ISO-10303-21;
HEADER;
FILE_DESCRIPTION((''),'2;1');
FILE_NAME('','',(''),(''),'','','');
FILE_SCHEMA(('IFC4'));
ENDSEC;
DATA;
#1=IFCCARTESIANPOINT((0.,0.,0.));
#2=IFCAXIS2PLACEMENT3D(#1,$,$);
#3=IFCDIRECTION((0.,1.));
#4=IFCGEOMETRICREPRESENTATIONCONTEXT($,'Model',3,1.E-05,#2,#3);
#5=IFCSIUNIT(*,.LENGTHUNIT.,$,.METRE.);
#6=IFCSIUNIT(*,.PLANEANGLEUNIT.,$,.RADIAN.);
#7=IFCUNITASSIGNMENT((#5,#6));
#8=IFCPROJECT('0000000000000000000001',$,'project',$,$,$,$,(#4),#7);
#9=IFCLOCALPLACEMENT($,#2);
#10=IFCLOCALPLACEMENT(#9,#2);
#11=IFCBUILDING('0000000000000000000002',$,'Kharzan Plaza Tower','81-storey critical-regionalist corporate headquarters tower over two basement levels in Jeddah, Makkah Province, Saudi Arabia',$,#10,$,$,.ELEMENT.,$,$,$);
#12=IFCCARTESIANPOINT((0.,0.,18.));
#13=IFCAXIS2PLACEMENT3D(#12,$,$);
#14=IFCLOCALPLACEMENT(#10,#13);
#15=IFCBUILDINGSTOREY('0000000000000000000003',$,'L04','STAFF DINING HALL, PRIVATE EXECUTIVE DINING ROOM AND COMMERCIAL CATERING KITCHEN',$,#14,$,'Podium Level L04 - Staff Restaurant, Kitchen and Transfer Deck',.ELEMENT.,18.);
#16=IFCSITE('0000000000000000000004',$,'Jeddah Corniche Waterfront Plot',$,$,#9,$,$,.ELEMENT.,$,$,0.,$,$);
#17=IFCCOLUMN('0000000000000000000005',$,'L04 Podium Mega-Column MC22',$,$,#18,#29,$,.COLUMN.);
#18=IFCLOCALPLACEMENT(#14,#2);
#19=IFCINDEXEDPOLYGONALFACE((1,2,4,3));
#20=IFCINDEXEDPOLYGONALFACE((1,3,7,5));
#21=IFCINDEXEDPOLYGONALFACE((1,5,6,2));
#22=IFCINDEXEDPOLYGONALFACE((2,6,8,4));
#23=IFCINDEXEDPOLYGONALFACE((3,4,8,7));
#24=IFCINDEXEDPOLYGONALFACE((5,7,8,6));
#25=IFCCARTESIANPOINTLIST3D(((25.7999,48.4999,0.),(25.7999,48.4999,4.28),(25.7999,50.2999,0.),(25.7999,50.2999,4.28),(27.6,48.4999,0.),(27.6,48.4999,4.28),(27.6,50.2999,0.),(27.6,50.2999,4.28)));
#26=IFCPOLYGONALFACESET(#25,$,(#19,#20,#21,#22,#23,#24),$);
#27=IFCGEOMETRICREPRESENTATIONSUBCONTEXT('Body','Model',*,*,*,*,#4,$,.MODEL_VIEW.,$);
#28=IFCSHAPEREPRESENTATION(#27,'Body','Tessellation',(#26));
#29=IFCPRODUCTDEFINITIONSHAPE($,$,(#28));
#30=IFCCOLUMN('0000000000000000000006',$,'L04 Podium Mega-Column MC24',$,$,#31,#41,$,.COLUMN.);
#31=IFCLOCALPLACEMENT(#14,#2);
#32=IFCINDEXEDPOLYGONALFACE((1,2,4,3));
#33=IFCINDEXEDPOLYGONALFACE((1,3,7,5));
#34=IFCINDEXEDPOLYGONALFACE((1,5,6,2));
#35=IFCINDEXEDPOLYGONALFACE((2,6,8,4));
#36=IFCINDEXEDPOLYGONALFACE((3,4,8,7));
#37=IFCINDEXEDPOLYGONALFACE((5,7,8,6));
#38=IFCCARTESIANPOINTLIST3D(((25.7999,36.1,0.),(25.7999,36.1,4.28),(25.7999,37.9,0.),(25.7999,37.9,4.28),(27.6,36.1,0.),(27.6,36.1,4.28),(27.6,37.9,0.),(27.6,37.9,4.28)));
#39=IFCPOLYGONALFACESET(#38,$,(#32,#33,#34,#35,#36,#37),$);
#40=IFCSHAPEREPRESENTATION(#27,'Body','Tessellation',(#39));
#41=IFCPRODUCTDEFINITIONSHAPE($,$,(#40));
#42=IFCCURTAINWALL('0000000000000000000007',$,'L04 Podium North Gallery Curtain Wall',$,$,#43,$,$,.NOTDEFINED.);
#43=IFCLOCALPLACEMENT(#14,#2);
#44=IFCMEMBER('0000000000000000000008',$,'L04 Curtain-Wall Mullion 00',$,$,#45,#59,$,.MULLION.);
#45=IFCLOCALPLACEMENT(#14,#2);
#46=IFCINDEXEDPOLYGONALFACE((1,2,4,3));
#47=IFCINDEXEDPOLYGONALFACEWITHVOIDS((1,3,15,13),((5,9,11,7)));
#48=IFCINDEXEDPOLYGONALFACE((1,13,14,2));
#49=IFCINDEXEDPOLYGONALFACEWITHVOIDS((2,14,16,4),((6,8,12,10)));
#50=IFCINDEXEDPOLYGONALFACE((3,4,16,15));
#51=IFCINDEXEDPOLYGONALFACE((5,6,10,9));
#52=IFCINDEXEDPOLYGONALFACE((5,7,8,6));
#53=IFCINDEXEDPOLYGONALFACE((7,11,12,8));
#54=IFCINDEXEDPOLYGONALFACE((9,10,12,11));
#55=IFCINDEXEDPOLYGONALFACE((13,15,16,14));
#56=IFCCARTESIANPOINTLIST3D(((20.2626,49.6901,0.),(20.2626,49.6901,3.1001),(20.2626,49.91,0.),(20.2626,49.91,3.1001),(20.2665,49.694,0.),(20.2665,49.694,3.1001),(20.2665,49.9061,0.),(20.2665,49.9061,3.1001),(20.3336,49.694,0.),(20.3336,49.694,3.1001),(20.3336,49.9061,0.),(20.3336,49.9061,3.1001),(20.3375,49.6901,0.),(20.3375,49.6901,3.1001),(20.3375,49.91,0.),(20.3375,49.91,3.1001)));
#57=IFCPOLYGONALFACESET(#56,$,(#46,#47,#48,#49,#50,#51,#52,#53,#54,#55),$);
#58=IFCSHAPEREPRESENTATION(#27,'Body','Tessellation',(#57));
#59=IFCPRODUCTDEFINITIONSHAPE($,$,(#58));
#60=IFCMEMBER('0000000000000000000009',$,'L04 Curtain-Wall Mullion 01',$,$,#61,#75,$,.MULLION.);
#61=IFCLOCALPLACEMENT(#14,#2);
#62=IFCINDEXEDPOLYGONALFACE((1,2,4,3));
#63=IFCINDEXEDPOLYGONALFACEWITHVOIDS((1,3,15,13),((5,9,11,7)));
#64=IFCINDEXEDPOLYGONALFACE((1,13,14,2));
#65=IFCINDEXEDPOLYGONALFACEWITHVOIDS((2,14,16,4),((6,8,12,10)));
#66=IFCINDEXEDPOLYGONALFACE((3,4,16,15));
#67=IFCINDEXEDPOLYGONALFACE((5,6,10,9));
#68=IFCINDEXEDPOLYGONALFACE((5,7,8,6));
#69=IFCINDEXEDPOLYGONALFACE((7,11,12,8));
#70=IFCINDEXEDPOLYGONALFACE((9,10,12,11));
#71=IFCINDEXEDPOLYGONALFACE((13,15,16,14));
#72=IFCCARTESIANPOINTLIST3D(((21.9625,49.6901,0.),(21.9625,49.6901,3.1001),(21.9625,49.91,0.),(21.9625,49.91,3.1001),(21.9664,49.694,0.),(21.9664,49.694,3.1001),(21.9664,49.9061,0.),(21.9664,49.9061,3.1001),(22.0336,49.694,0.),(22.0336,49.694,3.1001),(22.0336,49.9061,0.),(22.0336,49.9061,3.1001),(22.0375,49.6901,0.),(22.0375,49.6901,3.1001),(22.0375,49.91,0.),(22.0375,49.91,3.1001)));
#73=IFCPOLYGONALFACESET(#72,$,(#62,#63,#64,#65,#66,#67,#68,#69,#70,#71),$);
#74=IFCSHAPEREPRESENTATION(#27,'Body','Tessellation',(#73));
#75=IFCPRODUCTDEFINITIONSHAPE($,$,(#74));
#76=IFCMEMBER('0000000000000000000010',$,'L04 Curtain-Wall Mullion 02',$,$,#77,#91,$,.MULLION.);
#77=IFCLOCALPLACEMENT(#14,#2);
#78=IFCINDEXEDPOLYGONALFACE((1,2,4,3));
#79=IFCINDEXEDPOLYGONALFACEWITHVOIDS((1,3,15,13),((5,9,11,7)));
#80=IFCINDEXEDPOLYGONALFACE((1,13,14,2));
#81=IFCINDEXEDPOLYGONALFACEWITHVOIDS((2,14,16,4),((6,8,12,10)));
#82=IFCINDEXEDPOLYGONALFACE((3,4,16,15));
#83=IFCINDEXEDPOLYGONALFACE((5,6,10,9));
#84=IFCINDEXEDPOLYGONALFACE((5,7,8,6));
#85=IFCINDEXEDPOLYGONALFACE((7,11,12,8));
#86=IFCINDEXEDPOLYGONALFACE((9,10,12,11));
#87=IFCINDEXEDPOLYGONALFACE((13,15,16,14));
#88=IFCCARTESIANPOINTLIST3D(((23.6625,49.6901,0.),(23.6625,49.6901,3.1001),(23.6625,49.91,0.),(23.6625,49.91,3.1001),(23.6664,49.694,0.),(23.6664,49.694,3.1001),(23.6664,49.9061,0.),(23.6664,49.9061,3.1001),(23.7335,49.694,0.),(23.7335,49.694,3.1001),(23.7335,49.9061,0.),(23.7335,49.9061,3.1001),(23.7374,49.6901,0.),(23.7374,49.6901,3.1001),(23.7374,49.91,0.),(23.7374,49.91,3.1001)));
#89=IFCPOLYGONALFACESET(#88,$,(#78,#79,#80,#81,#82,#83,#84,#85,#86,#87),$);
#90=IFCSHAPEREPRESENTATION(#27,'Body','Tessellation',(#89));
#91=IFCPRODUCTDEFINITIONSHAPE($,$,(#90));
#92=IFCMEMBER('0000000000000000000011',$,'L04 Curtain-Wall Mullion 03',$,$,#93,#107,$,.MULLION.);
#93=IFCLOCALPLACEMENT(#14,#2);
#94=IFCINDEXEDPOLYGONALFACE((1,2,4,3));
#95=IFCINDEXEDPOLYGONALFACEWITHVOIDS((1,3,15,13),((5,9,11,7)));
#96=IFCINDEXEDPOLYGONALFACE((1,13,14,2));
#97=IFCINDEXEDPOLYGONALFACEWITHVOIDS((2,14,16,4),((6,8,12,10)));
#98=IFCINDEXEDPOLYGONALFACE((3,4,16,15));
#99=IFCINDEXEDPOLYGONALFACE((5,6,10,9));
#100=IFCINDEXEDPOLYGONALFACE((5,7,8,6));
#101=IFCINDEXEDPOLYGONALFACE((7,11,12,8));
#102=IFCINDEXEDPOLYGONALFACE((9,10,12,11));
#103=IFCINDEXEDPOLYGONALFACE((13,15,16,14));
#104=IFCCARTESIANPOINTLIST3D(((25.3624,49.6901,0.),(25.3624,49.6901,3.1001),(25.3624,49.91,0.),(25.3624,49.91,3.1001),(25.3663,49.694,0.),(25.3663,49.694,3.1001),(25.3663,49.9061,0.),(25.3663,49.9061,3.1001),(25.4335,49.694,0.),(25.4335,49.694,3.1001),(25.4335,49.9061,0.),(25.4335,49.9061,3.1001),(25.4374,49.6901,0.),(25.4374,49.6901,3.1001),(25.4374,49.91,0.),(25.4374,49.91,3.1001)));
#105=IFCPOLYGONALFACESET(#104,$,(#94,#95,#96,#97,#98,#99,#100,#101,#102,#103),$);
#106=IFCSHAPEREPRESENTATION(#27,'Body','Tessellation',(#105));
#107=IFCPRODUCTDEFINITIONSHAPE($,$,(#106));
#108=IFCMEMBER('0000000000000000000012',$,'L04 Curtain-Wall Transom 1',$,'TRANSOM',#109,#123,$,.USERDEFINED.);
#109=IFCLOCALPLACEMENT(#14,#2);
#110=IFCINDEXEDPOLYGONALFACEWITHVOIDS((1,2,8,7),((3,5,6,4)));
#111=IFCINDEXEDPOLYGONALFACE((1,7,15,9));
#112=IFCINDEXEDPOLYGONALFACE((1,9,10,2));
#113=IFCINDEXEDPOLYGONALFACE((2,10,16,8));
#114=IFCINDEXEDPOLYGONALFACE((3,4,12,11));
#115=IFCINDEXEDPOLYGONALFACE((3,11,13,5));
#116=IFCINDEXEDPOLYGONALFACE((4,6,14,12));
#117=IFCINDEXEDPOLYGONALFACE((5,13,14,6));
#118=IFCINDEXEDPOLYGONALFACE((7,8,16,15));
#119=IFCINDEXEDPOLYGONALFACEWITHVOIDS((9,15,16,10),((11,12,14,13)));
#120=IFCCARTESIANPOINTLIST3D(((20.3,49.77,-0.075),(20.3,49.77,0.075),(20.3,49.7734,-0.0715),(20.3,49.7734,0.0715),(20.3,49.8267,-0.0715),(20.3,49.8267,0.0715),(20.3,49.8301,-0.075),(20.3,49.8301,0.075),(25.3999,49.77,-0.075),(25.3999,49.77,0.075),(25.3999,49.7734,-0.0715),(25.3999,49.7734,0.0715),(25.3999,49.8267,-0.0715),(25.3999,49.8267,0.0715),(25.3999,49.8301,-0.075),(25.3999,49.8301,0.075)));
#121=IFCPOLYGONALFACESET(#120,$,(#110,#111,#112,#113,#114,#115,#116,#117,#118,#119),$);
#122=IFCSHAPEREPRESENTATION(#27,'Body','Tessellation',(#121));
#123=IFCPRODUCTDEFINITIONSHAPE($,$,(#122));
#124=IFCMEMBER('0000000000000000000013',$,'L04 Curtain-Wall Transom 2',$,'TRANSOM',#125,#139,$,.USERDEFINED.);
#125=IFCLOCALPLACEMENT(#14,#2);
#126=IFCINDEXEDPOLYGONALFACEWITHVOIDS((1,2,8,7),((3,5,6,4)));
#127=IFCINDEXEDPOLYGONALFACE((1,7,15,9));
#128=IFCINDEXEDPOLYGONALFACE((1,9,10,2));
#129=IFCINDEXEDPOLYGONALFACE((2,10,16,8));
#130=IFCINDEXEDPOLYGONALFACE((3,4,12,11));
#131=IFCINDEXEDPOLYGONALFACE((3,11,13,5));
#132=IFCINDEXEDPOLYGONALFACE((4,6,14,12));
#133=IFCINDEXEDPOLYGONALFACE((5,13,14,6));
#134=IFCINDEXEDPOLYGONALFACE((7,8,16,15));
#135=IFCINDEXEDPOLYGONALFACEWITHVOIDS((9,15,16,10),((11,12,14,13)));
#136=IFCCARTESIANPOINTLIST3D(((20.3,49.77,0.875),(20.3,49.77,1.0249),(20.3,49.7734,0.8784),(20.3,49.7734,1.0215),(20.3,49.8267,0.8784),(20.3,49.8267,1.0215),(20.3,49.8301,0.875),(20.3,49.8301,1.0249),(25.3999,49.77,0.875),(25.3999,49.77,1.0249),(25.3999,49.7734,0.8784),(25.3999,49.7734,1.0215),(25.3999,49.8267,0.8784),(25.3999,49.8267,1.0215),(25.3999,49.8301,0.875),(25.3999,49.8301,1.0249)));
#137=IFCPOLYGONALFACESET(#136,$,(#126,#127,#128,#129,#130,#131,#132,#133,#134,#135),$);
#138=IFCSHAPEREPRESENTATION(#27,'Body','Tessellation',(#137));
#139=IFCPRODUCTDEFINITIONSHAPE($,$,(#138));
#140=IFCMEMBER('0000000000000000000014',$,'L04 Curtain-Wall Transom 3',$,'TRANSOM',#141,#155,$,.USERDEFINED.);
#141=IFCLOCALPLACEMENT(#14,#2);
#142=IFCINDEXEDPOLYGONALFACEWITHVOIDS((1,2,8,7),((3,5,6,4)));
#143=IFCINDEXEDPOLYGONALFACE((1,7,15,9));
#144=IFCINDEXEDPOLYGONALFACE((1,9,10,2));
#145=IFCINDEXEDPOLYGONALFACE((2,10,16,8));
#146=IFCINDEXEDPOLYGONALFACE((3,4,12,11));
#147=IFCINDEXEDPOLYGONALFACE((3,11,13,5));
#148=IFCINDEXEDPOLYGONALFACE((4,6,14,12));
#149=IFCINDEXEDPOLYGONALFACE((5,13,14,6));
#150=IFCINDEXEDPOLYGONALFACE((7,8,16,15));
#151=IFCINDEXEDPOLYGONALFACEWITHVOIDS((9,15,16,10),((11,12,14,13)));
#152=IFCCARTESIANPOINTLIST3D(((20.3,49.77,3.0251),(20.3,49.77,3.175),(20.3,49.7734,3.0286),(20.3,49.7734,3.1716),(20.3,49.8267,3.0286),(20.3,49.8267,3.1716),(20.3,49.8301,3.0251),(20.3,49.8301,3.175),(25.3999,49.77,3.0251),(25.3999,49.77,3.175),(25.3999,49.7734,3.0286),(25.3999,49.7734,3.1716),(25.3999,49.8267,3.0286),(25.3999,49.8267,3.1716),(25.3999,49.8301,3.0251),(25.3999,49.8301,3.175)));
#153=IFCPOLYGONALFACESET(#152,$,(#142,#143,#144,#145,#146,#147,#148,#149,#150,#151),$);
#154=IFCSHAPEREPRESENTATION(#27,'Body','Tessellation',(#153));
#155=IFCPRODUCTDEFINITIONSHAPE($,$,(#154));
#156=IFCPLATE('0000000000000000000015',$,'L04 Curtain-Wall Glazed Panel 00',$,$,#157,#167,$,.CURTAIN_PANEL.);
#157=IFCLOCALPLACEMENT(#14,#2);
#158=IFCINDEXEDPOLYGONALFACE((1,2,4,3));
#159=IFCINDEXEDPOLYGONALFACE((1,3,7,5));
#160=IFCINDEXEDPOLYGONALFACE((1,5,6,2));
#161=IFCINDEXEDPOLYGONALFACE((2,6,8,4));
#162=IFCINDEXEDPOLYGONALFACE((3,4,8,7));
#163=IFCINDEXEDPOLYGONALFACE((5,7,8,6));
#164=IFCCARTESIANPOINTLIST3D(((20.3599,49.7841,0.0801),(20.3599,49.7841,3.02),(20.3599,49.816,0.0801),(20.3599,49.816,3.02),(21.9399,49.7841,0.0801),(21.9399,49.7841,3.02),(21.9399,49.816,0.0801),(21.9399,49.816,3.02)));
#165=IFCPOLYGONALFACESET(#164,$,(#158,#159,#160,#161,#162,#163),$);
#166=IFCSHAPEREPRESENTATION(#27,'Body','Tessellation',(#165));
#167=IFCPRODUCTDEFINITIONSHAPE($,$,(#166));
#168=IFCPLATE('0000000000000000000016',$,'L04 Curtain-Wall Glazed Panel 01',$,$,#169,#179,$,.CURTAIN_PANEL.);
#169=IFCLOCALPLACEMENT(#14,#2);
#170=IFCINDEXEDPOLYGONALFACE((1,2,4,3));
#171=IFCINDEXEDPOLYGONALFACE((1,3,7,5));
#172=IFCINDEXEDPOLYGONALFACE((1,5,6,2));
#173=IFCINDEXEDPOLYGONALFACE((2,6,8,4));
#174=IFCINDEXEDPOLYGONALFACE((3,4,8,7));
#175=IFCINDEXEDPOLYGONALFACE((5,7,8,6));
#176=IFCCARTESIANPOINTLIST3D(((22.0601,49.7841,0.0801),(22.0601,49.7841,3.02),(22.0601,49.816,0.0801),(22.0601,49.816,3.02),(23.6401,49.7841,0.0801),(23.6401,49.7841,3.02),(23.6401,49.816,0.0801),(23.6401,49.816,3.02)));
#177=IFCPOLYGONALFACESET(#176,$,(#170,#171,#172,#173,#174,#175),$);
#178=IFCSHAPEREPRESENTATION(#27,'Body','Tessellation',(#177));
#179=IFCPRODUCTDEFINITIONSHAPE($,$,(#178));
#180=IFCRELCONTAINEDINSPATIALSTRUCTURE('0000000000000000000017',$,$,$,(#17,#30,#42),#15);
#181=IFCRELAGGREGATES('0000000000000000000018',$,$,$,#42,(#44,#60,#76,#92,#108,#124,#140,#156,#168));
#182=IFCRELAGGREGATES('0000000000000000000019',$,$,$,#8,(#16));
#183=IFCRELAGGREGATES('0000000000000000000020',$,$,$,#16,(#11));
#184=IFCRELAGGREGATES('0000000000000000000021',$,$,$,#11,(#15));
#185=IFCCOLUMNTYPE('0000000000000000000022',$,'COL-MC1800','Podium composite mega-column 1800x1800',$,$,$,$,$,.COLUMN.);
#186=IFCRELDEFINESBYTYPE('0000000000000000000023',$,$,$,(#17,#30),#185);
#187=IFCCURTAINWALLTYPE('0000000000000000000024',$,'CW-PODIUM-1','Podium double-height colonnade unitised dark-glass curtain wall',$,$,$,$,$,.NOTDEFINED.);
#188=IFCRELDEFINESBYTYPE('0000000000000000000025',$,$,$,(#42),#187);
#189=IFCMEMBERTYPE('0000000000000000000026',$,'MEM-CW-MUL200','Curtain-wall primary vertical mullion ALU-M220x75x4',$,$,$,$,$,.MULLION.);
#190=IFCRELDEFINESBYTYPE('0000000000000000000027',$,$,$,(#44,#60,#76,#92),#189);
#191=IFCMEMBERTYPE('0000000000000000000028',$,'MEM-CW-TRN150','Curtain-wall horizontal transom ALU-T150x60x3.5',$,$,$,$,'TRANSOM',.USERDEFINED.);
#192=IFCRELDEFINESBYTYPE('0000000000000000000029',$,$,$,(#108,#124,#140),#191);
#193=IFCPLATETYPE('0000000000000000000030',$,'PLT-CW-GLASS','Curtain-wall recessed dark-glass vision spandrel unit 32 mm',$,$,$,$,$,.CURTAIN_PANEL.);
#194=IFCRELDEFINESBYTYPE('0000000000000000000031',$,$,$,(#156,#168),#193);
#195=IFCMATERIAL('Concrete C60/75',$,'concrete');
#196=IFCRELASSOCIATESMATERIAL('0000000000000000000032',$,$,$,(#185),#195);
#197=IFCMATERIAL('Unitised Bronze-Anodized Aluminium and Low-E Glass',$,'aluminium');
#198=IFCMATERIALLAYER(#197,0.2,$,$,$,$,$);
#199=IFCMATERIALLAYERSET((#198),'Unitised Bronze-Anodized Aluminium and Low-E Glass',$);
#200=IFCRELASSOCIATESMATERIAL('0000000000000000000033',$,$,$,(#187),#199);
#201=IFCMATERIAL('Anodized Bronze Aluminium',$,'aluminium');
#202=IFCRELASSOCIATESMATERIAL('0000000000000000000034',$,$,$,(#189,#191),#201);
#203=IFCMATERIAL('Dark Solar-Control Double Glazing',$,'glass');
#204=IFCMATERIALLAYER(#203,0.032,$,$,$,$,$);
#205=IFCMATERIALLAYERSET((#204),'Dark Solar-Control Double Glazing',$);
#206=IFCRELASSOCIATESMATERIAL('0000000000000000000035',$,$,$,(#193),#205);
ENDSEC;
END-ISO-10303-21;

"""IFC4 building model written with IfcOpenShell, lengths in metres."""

from ifc_helpers import new_model, si_unit, direction, frame, origin, origin_2d, place, context, subcontext, project, spatial, rectangle, hollow_rectangle, extrude, source, transform, mapped, material, layer, layer_set, material_profile, profile_set, type_object, element, aggregate, save


model = new_model("IFC4")

# Units and contexts
model_context = context("Model", 3, precision=1e-05, world=origin(), true_north=direction((0.0, 1.0)))
body_context = subcontext(model_context, "Body", "Model", "MODEL_VIEW")
ifc_project = project(units=[si_unit("LENGTHUNIT", "METRE"), si_unit("PLANEANGLEUNIT", "RADIAN")], contexts=[model_context])

# Site, building, storey
site_placement = place(None, origin())
site = spatial("IfcSite", under=ifc_project, at=site_placement, Name="Jeddah Corniche Waterfront Plot", CompositionType="ELEMENT", RefElevation=0.0)
building_placement = place(site_placement, origin())
building = spatial("IfcBuilding", under=site, at=building_placement, Name="Kharzan Plaza Tower", Description="81-storey critical-regionalist corporate headquarters tower over two basement levels in Jeddah, Makkah Province, Saudi Arabia", CompositionType="ELEMENT")
storey_placement = place(building_placement, frame((0.0, 0.0, 18.0)))
storey = spatial("IfcBuildingStorey", under=building, at=storey_placement, Name="L04", Description="STAFF DINING HALL, PRIVATE EXECUTIVE DINING ROOM AND COMMERCIAL CATERING KITCHEN", LongName="Podium Level L04 - Staff Restaurant, Kitchen and Transfer Deck", CompositionType="ELEMENT", Elevation=18.0)

# Columns
ifc_material_1 = material(Name="Concrete C60/75", Category="concrete")
ifc_material_profile_1 = material_profile(ifc_material_1, rectangle(XDim=1.8, YDim=1.8, at=origin_2d()), Name="RC-MC1800x1800")
ifc_profile_set_1 = profile_set([ifc_material_profile_1], Name="Concrete C60/75")
column_type = type_object("IfcColumnType", Name="COL-MC1800", Description="Podium composite mega-column 1800x1800", PredefinedType="COLUMN", material=ifc_profile_set_1)
shared_shape_1 = source(origin(), body_context, "Body", "SweptSolid", [
    extrude(rectangle(XDim=1.8, YDim=1.8, at=origin_2d()), origin(), (0.0, 0.0, 1.0), 4.28),
])
for number, where, z_axis, x_axis, name in (
    (1, (26.7, 49.3999, 0.0), (0.0, 0.0, 1.0), (1.0, 0.0, 0.0), "L04 Podium Mega-Column MC22"),
    (2, (26.7, 37.0, 0.0), (0.0, 0.0, 1.0), (1.0, 0.0, 0.0), "L04 Podium Mega-Column MC24"),
):
    element("IfcColumn", number, at=place(storey_placement, frame(where, z_axis=z_axis, x_axis=x_axis)), inside=storey, type_object=column_type, Name=name, PredefinedType="COLUMN", context=body_context, shape_type="MappedRepresentation", body=[
        mapped(shared_shape_1, transform((0.0, 0.0, 0.0), x_axis=(1.0, 0.0, 0.0), y_axis=(0.0, 1.0, 0.0), z_axis=(0.0, 0.0, 1.0))),
    ])

# Curtain wall, members, plates
ifc_material_2 = material(Name="Unitised Bronze-Anodized Aluminium and Low-E Glass", Category="aluminium")
ifc_layer_1 = layer(ifc_material_2, 0.2)
ifc_layer_set_1 = layer_set([ifc_layer_1], Name="Unitised Bronze-Anodized Aluminium and Low-E Glass")
curtain_wall_type = type_object("IfcCurtainWallType", Name="CW-PODIUM-1", Description="Podium double-height colonnade unitised dark-glass curtain wall", PredefinedType="NOTDEFINED", material=ifc_layer_set_1)
curtain_wall_placement = place(storey_placement, origin())
curtain_wall = element("IfcCurtainWall", 3, at=curtain_wall_placement, inside=storey, type_object=curtain_wall_type, Name="L04 Podium North Gallery Curtain Wall", PredefinedType="NOTDEFINED")
ifc_material_3 = material(Name="Anodized Bronze Aluminium", Category="aluminium")
ifc_material_profile_2 = material_profile(ifc_material_3, hollow_rectangle(XDim=0.075, YDim=0.22, WallThickness=0.0039, at=origin_2d()), Name="ALU-M220x75x4")
ifc_profile_set_2 = profile_set([ifc_material_profile_2], Name="Anodized Bronze Aluminium")
member_type_1 = type_object("IfcMemberType", Name="MEM-CW-MUL200", Description="Curtain-wall primary vertical mullion ALU-M220x75x4", PredefinedType="MULLION", material=ifc_profile_set_2)
shared_shape_2 = source(origin(), body_context, "Body", "SweptSolid", [
    extrude(hollow_rectangle(XDim=0.075, YDim=0.22, WallThickness=0.0039, at=origin_2d()), origin(), (0.0, 0.0, 1.0), 3.1001),
])
member_1_placement = place(storey_placement, frame((20.3, 49.8, 0.0), z_axis=(0.0, 0.0, 1.0), x_axis=(1.0, 0.0, 0.0)))
member_1 = element("IfcMember", 4, at=member_1_placement, type_object=member_type_1, Name="L04 Curtain-Wall Mullion 00", PredefinedType="MULLION", context=body_context, shape_type="MappedRepresentation", body=[
    mapped(shared_shape_2, transform((0.0, 0.0, 0.0), x_axis=(1.0, 0.0, 0.0), y_axis=(0.0, 1.0, 0.0), z_axis=(0.0, 0.0, 1.0))),
])
member_2_placement = place(storey_placement, frame((22.0, 49.8, 0.0), z_axis=(0.0, 0.0, 1.0), x_axis=(1.0, 0.0, 0.0)))
member_2 = element("IfcMember", 5, at=member_2_placement, type_object=member_type_1, Name="L04 Curtain-Wall Mullion 01", PredefinedType="MULLION", context=body_context, shape_type="MappedRepresentation", body=[
    mapped(shared_shape_2, transform((0.0, 0.0, 0.0), x_axis=(1.0, 0.0, 0.0), y_axis=(0.0, 1.0, 0.0), z_axis=(0.0, 0.0, 1.0))),
])
member_3_placement = place(storey_placement, frame((23.7, 49.8, 0.0), z_axis=(0.0, 0.0, 1.0), x_axis=(1.0, 0.0, 0.0)))
member_3 = element("IfcMember", 6, at=member_3_placement, type_object=member_type_1, Name="L04 Curtain-Wall Mullion 02", PredefinedType="MULLION", context=body_context, shape_type="MappedRepresentation", body=[
    mapped(shared_shape_2, transform((0.0, 0.0, 0.0), x_axis=(1.0, 0.0, 0.0), y_axis=(0.0, 1.0, 0.0), z_axis=(0.0, 0.0, 1.0))),
])
member_4_placement = place(storey_placement, frame((25.3999, 49.8, 0.0), z_axis=(0.0, 0.0, 1.0), x_axis=(1.0, 0.0, 0.0)))
member_4 = element("IfcMember", 7, at=member_4_placement, type_object=member_type_1, Name="L04 Curtain-Wall Mullion 03", PredefinedType="MULLION", context=body_context, shape_type="MappedRepresentation", body=[
    mapped(shared_shape_2, transform((0.0, 0.0, 0.0), x_axis=(1.0, 0.0, 0.0), y_axis=(0.0, 1.0, 0.0), z_axis=(0.0, 0.0, 1.0))),
])
ifc_material_profile_3 = material_profile(ifc_material_3, hollow_rectangle(XDim=0.0601, YDim=0.1499, WallThickness=0.0034, at=origin_2d()), Name="ALU-T150x60x3.5")
ifc_profile_set_3 = profile_set([ifc_material_profile_3], Name="Anodized Bronze Aluminium")
member_type_2 = type_object("IfcMemberType", Name="MEM-CW-TRN150", Description="Curtain-wall horizontal transom ALU-T150x60x3.5", ElementType="TRANSOM", PredefinedType="USERDEFINED", material=ifc_profile_set_3)
shared_shape_3 = source(origin(), body_context, "Body", "SweptSolid", [
    extrude(hollow_rectangle(XDim=0.0601, YDim=0.1499, WallThickness=0.0034, at=origin_2d()), origin(), (0.0, 0.0, 1.0), 5.0999),
])
member_5_placement = place(storey_placement, frame((20.3, 49.8, 0.0), z_axis=(1.0, 0.0, 0.0), x_axis=(0.0, 1.0, 0.0)))
member_5 = element("IfcMember", 8, at=member_5_placement, type_object=member_type_2, Name="L04 Curtain-Wall Transom 1", ObjectType="TRANSOM", PredefinedType="USERDEFINED", context=body_context, shape_type="MappedRepresentation", body=[
    mapped(shared_shape_3, transform((0.0, 0.0, 0.0), x_axis=(1.0, 0.0, 0.0), y_axis=(0.0, 1.0, 0.0), z_axis=(0.0, 0.0, 1.0))),
])
member_6_placement = place(storey_placement, frame((20.3, 49.8, 0.95), z_axis=(1.0, 0.0, 0.0), x_axis=(0.0, 1.0, 0.0)))
member_6 = element("IfcMember", 9, at=member_6_placement, type_object=member_type_2, Name="L04 Curtain-Wall Transom 2", ObjectType="TRANSOM", PredefinedType="USERDEFINED", context=body_context, shape_type="MappedRepresentation", body=[
    mapped(shared_shape_3, transform((0.0, 0.0, 0.0), x_axis=(1.0, 0.0, 0.0), y_axis=(0.0, 1.0, 0.0), z_axis=(0.0, 0.0, 1.0))),
])
member_7_placement = place(storey_placement, frame((20.3, 49.8, 3.1001), z_axis=(1.0, 0.0, 0.0), x_axis=(0.0, 1.0, 0.0)))
member_7 = element("IfcMember", 10, at=member_7_placement, type_object=member_type_2, Name="L04 Curtain-Wall Transom 3", ObjectType="TRANSOM", PredefinedType="USERDEFINED", context=body_context, shape_type="MappedRepresentation", body=[
    mapped(shared_shape_3, transform((0.0, 0.0, 0.0), x_axis=(1.0, 0.0, 0.0), y_axis=(0.0, 1.0, 0.0), z_axis=(0.0, 0.0, 1.0))),
])
ifc_material_4 = material(Name="Dark Solar-Control Double Glazing", Category="glass")
ifc_layer_2 = layer(ifc_material_4, 0.032)
ifc_layer_set_2 = layer_set([ifc_layer_2], Name="Dark Solar-Control Double Glazing")
plate_type_1 = type_object("IfcPlateType", Name="PLT-CW-GLASS", Description="Curtain-wall recessed dark-glass vision spandrel unit 32 mm", PredefinedType="CURTAIN_PANEL", material=ifc_layer_set_2)
shared_shape_4 = source(origin(), body_context, "Body", "SweptSolid", [
    extrude(rectangle(XDim=1.5801, YDim=0.032, at=origin_2d()), origin(), (0.0, 0.0, 1.0), 2.9399),
])
plate_1_placement = place(storey_placement, frame((21.1499, 49.8, 0.0801), z_axis=(0.0, 0.0, 1.0), x_axis=(1.0, 0.0, 0.0)))
plate_1 = element("IfcPlate", 11, at=plate_1_placement, type_object=plate_type_1, Name="L04 Curtain-Wall Glazed Panel 00", PredefinedType="CURTAIN_PANEL", context=body_context, shape_type="MappedRepresentation", body=[
    mapped(shared_shape_4, transform((0.0, 0.0, 0.0), x_axis=(1.0, 0.0, 0.0), y_axis=(0.0, 1.0, 0.0), z_axis=(0.0, 0.0, 1.0))),
])
plate_2_placement = place(storey_placement, frame((22.8501, 49.8, 0.0801), z_axis=(0.0, 0.0, 1.0), x_axis=(1.0, 0.0, 0.0)))
plate_2 = element("IfcPlate", 12, at=plate_2_placement, type_object=plate_type_1, Name="L04 Curtain-Wall Glazed Panel 01", PredefinedType="CURTAIN_PANEL", context=body_context, shape_type="MappedRepresentation", body=[
    mapped(shared_shape_4, transform((0.0, 0.0, 0.0), x_axis=(1.0, 0.0, 0.0), y_axis=(0.0, 1.0, 0.0), z_axis=(0.0, 0.0, 1.0))),
])
aggregate(curtain_wall, [member_1, member_2, member_3, member_4, member_5, member_6, member_7, plate_1, plate_2])

save(model, "model.ifc")
